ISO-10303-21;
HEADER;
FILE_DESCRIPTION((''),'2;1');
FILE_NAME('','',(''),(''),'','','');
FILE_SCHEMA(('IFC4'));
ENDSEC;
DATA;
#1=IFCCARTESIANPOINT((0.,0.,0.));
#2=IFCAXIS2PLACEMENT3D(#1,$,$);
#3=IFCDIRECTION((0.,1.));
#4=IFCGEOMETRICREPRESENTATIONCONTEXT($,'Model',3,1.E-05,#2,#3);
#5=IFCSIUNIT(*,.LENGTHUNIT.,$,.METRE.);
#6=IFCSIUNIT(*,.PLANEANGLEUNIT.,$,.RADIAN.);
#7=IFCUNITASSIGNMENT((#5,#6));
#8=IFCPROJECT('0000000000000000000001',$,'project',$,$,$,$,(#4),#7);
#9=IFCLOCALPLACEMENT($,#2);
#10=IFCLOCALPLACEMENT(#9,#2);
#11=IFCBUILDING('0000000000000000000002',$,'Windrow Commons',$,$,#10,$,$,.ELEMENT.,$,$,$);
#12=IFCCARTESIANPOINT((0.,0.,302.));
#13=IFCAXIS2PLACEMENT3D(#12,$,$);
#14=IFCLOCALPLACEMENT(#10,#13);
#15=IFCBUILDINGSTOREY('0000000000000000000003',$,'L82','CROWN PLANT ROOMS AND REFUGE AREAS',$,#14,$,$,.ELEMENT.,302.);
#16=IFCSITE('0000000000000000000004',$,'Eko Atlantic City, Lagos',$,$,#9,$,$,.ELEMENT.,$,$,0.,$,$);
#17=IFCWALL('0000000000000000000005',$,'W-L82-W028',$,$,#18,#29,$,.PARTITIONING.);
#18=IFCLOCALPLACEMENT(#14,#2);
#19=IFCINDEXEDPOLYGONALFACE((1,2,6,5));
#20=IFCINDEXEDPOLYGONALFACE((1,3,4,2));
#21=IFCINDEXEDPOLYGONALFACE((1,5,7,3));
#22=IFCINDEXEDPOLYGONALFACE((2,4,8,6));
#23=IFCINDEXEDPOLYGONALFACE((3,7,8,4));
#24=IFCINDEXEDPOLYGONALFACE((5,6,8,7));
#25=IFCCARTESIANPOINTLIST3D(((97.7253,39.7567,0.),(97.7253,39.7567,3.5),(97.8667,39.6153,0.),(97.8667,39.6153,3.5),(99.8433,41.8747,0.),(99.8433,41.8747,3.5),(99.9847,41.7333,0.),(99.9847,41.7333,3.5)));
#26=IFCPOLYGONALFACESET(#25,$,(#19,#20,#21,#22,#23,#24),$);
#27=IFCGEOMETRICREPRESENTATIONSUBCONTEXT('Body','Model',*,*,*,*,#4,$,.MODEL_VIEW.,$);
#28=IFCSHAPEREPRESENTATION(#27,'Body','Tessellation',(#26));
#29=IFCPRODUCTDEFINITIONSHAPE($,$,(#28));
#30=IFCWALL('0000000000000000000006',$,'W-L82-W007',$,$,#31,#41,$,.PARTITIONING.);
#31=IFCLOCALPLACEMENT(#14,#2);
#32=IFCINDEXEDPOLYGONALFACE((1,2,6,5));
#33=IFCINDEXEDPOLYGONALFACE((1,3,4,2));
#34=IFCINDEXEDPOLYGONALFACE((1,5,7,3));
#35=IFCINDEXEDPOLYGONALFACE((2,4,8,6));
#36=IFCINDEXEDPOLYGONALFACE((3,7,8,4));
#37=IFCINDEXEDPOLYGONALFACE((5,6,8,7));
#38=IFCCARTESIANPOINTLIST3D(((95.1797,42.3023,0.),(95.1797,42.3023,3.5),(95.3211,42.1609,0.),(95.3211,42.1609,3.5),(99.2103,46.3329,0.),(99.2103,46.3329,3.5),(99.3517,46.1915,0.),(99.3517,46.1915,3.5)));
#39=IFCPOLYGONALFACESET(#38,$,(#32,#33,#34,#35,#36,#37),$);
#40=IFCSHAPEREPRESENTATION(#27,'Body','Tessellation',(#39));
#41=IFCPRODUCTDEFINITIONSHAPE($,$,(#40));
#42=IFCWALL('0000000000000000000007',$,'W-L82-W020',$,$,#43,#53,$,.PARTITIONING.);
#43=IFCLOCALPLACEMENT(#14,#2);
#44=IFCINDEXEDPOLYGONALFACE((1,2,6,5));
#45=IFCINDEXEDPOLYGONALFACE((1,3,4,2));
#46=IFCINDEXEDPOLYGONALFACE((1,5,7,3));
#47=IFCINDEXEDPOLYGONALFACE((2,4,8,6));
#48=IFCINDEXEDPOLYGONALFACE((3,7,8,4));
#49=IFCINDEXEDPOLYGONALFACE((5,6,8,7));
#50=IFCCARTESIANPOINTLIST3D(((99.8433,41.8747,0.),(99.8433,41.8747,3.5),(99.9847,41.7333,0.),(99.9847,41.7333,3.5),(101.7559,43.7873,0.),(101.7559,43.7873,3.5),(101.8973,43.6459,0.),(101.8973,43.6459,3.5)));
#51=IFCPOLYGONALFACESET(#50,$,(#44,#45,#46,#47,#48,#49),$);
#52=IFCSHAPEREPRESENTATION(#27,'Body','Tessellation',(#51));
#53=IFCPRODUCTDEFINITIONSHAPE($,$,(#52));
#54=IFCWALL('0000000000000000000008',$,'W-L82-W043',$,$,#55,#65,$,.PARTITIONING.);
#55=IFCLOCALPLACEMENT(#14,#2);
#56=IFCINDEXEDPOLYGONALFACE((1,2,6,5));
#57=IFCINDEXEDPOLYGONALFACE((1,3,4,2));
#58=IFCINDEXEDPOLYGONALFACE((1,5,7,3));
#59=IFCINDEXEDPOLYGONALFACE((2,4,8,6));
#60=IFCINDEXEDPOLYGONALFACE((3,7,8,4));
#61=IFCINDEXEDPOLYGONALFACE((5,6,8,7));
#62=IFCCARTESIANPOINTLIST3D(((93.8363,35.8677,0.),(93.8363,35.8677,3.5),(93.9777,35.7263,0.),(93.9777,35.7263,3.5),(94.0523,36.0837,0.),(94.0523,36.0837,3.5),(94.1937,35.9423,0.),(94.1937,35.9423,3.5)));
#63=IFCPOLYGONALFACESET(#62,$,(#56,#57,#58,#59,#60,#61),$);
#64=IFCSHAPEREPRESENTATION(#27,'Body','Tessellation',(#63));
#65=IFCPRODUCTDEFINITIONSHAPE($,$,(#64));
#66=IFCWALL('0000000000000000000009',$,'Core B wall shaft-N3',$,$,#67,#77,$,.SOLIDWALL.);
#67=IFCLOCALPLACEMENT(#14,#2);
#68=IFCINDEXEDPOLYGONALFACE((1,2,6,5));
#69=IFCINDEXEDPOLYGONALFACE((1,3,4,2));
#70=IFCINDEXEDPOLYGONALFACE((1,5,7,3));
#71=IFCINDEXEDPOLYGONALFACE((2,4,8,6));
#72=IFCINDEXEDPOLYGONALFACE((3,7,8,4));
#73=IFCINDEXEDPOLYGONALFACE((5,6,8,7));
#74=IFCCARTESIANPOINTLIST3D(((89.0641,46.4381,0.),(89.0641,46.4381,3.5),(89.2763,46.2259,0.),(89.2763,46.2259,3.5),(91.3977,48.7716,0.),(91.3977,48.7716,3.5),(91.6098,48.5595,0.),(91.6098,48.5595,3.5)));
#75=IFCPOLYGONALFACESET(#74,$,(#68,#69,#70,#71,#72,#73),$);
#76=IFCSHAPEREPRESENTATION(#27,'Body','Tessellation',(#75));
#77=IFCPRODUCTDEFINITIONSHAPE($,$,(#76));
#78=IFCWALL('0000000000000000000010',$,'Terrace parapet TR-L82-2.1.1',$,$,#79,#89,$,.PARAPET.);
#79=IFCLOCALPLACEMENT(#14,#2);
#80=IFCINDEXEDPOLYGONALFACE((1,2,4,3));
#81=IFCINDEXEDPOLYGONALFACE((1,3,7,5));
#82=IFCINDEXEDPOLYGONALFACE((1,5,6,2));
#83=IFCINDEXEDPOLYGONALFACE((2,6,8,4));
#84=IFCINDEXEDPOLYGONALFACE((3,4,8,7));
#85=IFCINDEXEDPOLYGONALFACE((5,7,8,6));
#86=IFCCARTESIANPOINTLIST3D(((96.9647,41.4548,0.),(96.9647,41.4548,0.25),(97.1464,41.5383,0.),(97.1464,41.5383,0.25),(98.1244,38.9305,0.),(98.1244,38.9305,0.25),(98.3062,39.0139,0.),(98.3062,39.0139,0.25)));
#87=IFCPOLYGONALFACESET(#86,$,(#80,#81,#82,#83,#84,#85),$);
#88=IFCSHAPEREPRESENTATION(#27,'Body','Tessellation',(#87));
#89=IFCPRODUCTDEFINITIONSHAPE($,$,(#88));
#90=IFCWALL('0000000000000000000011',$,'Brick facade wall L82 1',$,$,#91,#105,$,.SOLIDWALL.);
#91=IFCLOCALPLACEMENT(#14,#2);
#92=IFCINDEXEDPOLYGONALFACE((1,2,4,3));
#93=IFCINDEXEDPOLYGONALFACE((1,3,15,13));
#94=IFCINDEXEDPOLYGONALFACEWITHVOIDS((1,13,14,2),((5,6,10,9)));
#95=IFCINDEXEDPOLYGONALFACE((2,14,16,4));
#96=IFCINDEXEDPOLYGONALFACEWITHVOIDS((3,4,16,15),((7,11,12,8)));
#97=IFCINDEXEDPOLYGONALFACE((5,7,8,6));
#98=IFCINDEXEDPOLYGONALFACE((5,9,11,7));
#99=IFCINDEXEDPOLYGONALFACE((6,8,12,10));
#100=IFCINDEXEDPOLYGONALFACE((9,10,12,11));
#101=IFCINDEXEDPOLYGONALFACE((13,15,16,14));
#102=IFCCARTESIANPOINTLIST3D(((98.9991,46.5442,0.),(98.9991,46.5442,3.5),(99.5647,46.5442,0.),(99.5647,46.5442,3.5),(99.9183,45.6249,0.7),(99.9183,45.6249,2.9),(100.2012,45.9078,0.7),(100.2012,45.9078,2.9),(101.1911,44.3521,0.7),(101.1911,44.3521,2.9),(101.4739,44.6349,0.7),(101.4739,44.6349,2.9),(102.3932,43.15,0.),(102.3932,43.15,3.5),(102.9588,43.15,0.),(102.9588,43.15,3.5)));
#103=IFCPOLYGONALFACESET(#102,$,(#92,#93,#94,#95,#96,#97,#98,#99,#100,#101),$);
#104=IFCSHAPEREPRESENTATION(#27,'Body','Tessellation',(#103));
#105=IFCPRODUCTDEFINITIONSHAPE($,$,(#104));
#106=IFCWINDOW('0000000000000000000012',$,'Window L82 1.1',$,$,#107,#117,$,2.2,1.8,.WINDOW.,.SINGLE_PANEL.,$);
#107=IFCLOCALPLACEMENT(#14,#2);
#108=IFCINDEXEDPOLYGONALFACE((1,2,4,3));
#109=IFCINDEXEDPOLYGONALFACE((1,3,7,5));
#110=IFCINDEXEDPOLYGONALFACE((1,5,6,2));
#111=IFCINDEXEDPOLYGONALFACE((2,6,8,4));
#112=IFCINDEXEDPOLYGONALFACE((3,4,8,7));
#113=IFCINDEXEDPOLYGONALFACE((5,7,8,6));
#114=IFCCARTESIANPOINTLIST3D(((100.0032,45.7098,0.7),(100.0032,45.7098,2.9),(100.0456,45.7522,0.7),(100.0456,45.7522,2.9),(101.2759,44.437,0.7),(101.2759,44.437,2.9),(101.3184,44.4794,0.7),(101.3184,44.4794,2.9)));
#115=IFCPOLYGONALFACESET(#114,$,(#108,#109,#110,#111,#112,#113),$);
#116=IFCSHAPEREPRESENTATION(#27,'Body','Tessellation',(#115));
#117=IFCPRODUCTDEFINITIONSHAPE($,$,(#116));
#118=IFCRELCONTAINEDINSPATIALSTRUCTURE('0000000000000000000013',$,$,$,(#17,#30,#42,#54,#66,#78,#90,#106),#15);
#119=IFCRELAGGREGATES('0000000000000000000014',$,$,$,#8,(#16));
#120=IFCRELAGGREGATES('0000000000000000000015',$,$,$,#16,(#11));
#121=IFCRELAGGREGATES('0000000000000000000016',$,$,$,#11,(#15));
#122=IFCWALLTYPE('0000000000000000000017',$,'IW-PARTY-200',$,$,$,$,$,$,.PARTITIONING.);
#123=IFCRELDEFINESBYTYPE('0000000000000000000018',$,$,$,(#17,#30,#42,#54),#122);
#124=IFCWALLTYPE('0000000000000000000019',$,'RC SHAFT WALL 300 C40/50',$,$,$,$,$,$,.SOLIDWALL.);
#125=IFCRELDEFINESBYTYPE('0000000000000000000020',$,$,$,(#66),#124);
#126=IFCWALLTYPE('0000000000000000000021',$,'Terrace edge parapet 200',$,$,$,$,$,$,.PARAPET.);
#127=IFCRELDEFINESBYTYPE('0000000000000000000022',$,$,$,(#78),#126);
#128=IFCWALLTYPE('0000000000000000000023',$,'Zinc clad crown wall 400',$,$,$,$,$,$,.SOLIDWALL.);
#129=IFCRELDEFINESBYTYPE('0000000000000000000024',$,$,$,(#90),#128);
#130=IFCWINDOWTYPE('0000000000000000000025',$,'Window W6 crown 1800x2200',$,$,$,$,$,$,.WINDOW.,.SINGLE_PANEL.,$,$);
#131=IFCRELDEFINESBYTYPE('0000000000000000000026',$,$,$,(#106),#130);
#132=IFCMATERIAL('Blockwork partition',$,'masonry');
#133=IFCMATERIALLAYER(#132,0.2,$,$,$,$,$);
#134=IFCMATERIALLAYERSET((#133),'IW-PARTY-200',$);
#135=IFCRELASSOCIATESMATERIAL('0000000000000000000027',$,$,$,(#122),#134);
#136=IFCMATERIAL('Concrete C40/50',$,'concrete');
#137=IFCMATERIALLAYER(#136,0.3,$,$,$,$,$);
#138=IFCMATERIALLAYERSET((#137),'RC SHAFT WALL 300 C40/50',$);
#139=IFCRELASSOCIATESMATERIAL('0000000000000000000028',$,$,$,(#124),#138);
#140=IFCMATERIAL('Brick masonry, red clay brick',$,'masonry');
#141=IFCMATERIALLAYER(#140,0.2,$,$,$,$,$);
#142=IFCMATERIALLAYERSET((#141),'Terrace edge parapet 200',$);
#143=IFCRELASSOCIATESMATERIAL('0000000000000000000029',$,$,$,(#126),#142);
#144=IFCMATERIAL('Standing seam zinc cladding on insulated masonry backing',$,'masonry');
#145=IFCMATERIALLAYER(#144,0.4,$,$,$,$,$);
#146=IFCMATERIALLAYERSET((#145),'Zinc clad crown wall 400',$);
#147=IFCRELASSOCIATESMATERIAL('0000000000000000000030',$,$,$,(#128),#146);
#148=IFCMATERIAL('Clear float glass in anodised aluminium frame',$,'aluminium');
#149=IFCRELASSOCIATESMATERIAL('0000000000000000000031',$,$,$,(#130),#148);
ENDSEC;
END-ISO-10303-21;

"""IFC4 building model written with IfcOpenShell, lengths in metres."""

from ifc_helpers import new_model, si_unit, direction, frame, frame_2d, origin, place, context, subcontext, project, spatial, polyline, rectangle, outline, extrude, material, layer, layer_set, type_object, element, fill, save


model = new_model("IFC4")

# Units and contexts
model_context = context("Model", 3, precision=1e-05, world=origin(), true_north=direction((0.0, 1.0)))
body_context = subcontext(model_context, "Body", "Model", "MODEL_VIEW")
ifc_project = project(units=[si_unit("LENGTHUNIT", "METRE"), si_unit("PLANEANGLEUNIT", "RADIAN")], contexts=[model_context])

# Site, building, storey
site_placement = place(None, origin())
site = spatial("IfcSite", under=ifc_project, at=site_placement, Name="Eko Atlantic City, Lagos", CompositionType="ELEMENT", RefElevation=0.0)
building_placement = place(site_placement, origin())
building = spatial("IfcBuilding", under=site, at=building_placement, Name="Windrow Commons", CompositionType="ELEMENT")
storey_placement = place(building_placement, frame((0.0, 0.0, 302.0)))
storey = spatial("IfcBuildingStorey", under=building, at=storey_placement, Name="L82", Description="CROWN PLANT ROOMS AND REFUGE AREAS", CompositionType="ELEMENT", Elevation=302.0)

# Walls
ifc_material_1 = material(Name="Blockwork partition", Category="masonry")
ifc_layer_1 = layer(ifc_material_1, 0.2)
ifc_layer_set_1 = layer_set([ifc_layer_1], Name="IW-PARTY-200")
wall_type_1 = type_object("IfcWallType", Name="IW-PARTY-200", PredefinedType="PARTITIONING", material=ifc_layer_set_1)
for number, where, z_axis, x_axis, name in (
    (1, (97.796, 39.686, 0.0), (0.0, 0.0, 1.0), (0.707107, 0.707107, 0.0), "W-L82-W028"),
):
    element("IfcWall", number, at=place(storey_placement, frame(where, z_axis=z_axis, x_axis=x_axis)), inside=storey, type_object=wall_type_1, Name=name, PredefinedType="PARTITIONING", context=body_context, shape_type="SweptSolid", body=[
        extrude(rectangle(XDim=2.9953, YDim=0.2, at=frame_2d((1.4976, 0.0))), origin(), (0.0, 0.0, 1.0), 3.5),
    ])
wall_1_placement = place(storey_placement, frame((95.2504, 42.2316, 0.0), z_axis=(0.0, 0.0, 1.0), x_axis=(0.707107, 0.707107, 0.0)))
element("IfcWall", 2, at=wall_1_placement, inside=storey, type_object=wall_type_1, Name="W-L82-W007", PredefinedType="PARTITIONING", context=body_context, shape_type="SweptSolid", body=[
    extrude(outline(polyline([(0.0, -0.1), (5.7001, -0.1), (5.7001, 0.1), (0.0, 0.1), (0.0, -0.1)])), origin(), (0.0, 0.0, 1.0), 3.5),
])
wall_2_placement = place(storey_placement, frame((99.914, 41.804, 0.0), z_axis=(0.0, 0.0, 1.0), x_axis=(0.707107, 0.707107, 0.0)))
element("IfcWall", 3, at=wall_2_placement, inside=storey, type_object=wall_type_1, Name="W-L82-W020", PredefinedType="PARTITIONING", context=body_context, shape_type="SweptSolid", body=[
    extrude(outline(polyline([(0.0, -0.1), (2.7048, -0.1), (2.7048, 0.1), (0.0, 0.1), (0.0, -0.1)])), origin(), (0.0, 0.0, 1.0), 3.5),
])
wall_3_placement = place(storey_placement, frame((93.907, 35.797, 0.0), z_axis=(0.0, 0.0, 1.0), x_axis=(0.707107, 0.707107, 0.0)))
element("IfcWall", 4, at=wall_3_placement, inside=storey, type_object=wall_type_1, Name="W-L82-W043", PredefinedType="PARTITIONING", context=body_context, shape_type="SweptSolid", body=[
    extrude(outline(polyline([(0.0, -0.1), (0.3055, -0.1), (0.3055, 0.1), (0.0, 0.1), (0.0, -0.1)])), origin(), (0.0, 0.0, 1.0), 3.5),
])
ifc_material_2 = material(Name="Concrete C40/50", Category="concrete")
ifc_layer_2 = layer(ifc_material_2, 0.3)
ifc_layer_set_2 = layer_set([ifc_layer_2], Name="RC SHAFT WALL 300 C40/50")
wall_type_2 = type_object("IfcWallType", Name="RC SHAFT WALL 300 C40/50", PredefinedType="SOLIDWALL", material=ifc_layer_set_2)
wall_4_placement = place(storey_placement, frame((89.1702, 46.332, 0.0), z_axis=(0.0, 0.0, 1.0), x_axis=(0.707107, 0.707107, 0.0)))
element("IfcWall", 5, at=wall_4_placement, inside=storey, type_object=wall_type_2, Name="Core B wall shaft-N3", PredefinedType="SOLIDWALL", context=body_context, shape_type="SweptSolid", body=[
    extrude(outline(polyline([(0.0, 0.0), (3.3001, 0.0), (3.3001, 3.5), (0.0, 3.5), (0.0, 0.0)])), frame((0.0, 0.15, 0.0), z_axis=(0.0, -1.0, 0.0), x_axis=(1.0, 0.0, 0.0)), (0.0, 0.0, 1.0), 0.3),
])
ifc_material_3 = material(Name="Brick masonry, red clay brick", Category="masonry")
ifc_layer_3 = layer(ifc_material_3, 0.2)
ifc_layer_set_3 = layer_set([ifc_layer_3], Name="Terrace edge parapet 200")
wall_type_3 = type_object("IfcWallType", Name="Terrace edge parapet 200", PredefinedType="PARAPET", material=ifc_layer_set_3)
wall_5_placement = place(storey_placement, frame((98.2153, 38.9722, 0.0), z_axis=(0.0, 0.0, 1.0), x_axis=(-0.417466, 0.908692, 0.0)))
element("IfcWall", 6, at=wall_5_placement, inside=storey, type_object=wall_type_3, Name="Terrace parapet TR-L82-2.1.1", PredefinedType="PARAPET", context=body_context, shape_type="SweptSolid", body=[
    extrude(outline(polyline([(0.0, -0.1), (2.778, -0.1), (2.778, 0.1), (0.0, 0.1), (0.0, -0.1)])), origin(), (0.0, 0.0, 1.0), 0.25),
])

# Wall, opening, window
ifc_material_4 = material(Name="Standing seam zinc cladding on insulated masonry backing", Category="masonry")
ifc_layer_4 = layer(ifc_material_4, 0.4)
ifc_layer_set_4 = layer_set([ifc_layer_4], Name="Zinc clad crown wall 400")
wall_type_4 = type_object("IfcWallType", Name="Zinc clad crown wall 400", PredefinedType="SOLIDWALL", material=ifc_layer_set_4)
wall_6_placement = place(storey_placement, frame((102.676, 43.15, 0.0), z_axis=(0.0, 0.0, 1.0), x_axis=(-0.707096, 0.707117, 0.0)))
wall_6 = element("IfcWall", 7, at=wall_6_placement, inside=storey, type_object=wall_type_4, Name="Brick facade wall L82 1", PredefinedType="SOLIDWALL", context=body_context, shape_type="SweptSolid", body=[
    extrude(outline(polyline([(-0.2, -0.2), (4.6001, -0.2), (5.0, 0.2), (0.2, 0.2), (-0.2, -0.2)])), origin(), (0.0, 0.0, 1.0), 3.5),
])
opening_1_placement = place(wall_6_placement, frame((1.9, 0.0, 0.7)))
opening_1 = element("IfcOpeningElement", 8, at=opening_1_placement, cuts=wall_6, PredefinedType="OPENING", context=body_context, shape_type="SweptSolid", body=[
    extrude(rectangle(XDim=1.8, YDim=2.2, at=frame_2d((0.9, 1.1))), frame((0.0, 0.21, 0.0), z_axis=(0.0, -1.0, 0.0), x_axis=(1.0, 0.0, 0.0)), (0.0, 0.0, 1.0), 0.42),
])
ifc_material_5 = material(Name="Clear float glass in anodised aluminium frame", Category="aluminium")
window_type = type_object("IfcWindowType", Name="Window W6 crown 1800x2200", PartitioningType="SINGLE_PANEL", PredefinedType="WINDOW", material=ifc_material_5)
window_1_placement = place(opening_1_placement, origin())
window_1 = element("IfcWindow", 9, at=window_1_placement, inside=storey, type_object=window_type, Name="Window L82 1.1", OverallHeight=2.2, OverallWidth=1.8, PartitioningType="SINGLE_PANEL", PredefinedType="WINDOW", context=body_context, shape_type="SweptSolid", body=[
    extrude(rectangle(XDim=1.8, YDim=2.2, at=frame_2d((0.9, 1.1))), frame((0.0, 0.08, 0.0), z_axis=(0.0, -1.0, 0.0), x_axis=(1.0, 0.0, 0.0)), (0.0, 0.0, 1.0), 0.06),
])
fill(opening_1, window_1)

save(model, "model.ifc")
